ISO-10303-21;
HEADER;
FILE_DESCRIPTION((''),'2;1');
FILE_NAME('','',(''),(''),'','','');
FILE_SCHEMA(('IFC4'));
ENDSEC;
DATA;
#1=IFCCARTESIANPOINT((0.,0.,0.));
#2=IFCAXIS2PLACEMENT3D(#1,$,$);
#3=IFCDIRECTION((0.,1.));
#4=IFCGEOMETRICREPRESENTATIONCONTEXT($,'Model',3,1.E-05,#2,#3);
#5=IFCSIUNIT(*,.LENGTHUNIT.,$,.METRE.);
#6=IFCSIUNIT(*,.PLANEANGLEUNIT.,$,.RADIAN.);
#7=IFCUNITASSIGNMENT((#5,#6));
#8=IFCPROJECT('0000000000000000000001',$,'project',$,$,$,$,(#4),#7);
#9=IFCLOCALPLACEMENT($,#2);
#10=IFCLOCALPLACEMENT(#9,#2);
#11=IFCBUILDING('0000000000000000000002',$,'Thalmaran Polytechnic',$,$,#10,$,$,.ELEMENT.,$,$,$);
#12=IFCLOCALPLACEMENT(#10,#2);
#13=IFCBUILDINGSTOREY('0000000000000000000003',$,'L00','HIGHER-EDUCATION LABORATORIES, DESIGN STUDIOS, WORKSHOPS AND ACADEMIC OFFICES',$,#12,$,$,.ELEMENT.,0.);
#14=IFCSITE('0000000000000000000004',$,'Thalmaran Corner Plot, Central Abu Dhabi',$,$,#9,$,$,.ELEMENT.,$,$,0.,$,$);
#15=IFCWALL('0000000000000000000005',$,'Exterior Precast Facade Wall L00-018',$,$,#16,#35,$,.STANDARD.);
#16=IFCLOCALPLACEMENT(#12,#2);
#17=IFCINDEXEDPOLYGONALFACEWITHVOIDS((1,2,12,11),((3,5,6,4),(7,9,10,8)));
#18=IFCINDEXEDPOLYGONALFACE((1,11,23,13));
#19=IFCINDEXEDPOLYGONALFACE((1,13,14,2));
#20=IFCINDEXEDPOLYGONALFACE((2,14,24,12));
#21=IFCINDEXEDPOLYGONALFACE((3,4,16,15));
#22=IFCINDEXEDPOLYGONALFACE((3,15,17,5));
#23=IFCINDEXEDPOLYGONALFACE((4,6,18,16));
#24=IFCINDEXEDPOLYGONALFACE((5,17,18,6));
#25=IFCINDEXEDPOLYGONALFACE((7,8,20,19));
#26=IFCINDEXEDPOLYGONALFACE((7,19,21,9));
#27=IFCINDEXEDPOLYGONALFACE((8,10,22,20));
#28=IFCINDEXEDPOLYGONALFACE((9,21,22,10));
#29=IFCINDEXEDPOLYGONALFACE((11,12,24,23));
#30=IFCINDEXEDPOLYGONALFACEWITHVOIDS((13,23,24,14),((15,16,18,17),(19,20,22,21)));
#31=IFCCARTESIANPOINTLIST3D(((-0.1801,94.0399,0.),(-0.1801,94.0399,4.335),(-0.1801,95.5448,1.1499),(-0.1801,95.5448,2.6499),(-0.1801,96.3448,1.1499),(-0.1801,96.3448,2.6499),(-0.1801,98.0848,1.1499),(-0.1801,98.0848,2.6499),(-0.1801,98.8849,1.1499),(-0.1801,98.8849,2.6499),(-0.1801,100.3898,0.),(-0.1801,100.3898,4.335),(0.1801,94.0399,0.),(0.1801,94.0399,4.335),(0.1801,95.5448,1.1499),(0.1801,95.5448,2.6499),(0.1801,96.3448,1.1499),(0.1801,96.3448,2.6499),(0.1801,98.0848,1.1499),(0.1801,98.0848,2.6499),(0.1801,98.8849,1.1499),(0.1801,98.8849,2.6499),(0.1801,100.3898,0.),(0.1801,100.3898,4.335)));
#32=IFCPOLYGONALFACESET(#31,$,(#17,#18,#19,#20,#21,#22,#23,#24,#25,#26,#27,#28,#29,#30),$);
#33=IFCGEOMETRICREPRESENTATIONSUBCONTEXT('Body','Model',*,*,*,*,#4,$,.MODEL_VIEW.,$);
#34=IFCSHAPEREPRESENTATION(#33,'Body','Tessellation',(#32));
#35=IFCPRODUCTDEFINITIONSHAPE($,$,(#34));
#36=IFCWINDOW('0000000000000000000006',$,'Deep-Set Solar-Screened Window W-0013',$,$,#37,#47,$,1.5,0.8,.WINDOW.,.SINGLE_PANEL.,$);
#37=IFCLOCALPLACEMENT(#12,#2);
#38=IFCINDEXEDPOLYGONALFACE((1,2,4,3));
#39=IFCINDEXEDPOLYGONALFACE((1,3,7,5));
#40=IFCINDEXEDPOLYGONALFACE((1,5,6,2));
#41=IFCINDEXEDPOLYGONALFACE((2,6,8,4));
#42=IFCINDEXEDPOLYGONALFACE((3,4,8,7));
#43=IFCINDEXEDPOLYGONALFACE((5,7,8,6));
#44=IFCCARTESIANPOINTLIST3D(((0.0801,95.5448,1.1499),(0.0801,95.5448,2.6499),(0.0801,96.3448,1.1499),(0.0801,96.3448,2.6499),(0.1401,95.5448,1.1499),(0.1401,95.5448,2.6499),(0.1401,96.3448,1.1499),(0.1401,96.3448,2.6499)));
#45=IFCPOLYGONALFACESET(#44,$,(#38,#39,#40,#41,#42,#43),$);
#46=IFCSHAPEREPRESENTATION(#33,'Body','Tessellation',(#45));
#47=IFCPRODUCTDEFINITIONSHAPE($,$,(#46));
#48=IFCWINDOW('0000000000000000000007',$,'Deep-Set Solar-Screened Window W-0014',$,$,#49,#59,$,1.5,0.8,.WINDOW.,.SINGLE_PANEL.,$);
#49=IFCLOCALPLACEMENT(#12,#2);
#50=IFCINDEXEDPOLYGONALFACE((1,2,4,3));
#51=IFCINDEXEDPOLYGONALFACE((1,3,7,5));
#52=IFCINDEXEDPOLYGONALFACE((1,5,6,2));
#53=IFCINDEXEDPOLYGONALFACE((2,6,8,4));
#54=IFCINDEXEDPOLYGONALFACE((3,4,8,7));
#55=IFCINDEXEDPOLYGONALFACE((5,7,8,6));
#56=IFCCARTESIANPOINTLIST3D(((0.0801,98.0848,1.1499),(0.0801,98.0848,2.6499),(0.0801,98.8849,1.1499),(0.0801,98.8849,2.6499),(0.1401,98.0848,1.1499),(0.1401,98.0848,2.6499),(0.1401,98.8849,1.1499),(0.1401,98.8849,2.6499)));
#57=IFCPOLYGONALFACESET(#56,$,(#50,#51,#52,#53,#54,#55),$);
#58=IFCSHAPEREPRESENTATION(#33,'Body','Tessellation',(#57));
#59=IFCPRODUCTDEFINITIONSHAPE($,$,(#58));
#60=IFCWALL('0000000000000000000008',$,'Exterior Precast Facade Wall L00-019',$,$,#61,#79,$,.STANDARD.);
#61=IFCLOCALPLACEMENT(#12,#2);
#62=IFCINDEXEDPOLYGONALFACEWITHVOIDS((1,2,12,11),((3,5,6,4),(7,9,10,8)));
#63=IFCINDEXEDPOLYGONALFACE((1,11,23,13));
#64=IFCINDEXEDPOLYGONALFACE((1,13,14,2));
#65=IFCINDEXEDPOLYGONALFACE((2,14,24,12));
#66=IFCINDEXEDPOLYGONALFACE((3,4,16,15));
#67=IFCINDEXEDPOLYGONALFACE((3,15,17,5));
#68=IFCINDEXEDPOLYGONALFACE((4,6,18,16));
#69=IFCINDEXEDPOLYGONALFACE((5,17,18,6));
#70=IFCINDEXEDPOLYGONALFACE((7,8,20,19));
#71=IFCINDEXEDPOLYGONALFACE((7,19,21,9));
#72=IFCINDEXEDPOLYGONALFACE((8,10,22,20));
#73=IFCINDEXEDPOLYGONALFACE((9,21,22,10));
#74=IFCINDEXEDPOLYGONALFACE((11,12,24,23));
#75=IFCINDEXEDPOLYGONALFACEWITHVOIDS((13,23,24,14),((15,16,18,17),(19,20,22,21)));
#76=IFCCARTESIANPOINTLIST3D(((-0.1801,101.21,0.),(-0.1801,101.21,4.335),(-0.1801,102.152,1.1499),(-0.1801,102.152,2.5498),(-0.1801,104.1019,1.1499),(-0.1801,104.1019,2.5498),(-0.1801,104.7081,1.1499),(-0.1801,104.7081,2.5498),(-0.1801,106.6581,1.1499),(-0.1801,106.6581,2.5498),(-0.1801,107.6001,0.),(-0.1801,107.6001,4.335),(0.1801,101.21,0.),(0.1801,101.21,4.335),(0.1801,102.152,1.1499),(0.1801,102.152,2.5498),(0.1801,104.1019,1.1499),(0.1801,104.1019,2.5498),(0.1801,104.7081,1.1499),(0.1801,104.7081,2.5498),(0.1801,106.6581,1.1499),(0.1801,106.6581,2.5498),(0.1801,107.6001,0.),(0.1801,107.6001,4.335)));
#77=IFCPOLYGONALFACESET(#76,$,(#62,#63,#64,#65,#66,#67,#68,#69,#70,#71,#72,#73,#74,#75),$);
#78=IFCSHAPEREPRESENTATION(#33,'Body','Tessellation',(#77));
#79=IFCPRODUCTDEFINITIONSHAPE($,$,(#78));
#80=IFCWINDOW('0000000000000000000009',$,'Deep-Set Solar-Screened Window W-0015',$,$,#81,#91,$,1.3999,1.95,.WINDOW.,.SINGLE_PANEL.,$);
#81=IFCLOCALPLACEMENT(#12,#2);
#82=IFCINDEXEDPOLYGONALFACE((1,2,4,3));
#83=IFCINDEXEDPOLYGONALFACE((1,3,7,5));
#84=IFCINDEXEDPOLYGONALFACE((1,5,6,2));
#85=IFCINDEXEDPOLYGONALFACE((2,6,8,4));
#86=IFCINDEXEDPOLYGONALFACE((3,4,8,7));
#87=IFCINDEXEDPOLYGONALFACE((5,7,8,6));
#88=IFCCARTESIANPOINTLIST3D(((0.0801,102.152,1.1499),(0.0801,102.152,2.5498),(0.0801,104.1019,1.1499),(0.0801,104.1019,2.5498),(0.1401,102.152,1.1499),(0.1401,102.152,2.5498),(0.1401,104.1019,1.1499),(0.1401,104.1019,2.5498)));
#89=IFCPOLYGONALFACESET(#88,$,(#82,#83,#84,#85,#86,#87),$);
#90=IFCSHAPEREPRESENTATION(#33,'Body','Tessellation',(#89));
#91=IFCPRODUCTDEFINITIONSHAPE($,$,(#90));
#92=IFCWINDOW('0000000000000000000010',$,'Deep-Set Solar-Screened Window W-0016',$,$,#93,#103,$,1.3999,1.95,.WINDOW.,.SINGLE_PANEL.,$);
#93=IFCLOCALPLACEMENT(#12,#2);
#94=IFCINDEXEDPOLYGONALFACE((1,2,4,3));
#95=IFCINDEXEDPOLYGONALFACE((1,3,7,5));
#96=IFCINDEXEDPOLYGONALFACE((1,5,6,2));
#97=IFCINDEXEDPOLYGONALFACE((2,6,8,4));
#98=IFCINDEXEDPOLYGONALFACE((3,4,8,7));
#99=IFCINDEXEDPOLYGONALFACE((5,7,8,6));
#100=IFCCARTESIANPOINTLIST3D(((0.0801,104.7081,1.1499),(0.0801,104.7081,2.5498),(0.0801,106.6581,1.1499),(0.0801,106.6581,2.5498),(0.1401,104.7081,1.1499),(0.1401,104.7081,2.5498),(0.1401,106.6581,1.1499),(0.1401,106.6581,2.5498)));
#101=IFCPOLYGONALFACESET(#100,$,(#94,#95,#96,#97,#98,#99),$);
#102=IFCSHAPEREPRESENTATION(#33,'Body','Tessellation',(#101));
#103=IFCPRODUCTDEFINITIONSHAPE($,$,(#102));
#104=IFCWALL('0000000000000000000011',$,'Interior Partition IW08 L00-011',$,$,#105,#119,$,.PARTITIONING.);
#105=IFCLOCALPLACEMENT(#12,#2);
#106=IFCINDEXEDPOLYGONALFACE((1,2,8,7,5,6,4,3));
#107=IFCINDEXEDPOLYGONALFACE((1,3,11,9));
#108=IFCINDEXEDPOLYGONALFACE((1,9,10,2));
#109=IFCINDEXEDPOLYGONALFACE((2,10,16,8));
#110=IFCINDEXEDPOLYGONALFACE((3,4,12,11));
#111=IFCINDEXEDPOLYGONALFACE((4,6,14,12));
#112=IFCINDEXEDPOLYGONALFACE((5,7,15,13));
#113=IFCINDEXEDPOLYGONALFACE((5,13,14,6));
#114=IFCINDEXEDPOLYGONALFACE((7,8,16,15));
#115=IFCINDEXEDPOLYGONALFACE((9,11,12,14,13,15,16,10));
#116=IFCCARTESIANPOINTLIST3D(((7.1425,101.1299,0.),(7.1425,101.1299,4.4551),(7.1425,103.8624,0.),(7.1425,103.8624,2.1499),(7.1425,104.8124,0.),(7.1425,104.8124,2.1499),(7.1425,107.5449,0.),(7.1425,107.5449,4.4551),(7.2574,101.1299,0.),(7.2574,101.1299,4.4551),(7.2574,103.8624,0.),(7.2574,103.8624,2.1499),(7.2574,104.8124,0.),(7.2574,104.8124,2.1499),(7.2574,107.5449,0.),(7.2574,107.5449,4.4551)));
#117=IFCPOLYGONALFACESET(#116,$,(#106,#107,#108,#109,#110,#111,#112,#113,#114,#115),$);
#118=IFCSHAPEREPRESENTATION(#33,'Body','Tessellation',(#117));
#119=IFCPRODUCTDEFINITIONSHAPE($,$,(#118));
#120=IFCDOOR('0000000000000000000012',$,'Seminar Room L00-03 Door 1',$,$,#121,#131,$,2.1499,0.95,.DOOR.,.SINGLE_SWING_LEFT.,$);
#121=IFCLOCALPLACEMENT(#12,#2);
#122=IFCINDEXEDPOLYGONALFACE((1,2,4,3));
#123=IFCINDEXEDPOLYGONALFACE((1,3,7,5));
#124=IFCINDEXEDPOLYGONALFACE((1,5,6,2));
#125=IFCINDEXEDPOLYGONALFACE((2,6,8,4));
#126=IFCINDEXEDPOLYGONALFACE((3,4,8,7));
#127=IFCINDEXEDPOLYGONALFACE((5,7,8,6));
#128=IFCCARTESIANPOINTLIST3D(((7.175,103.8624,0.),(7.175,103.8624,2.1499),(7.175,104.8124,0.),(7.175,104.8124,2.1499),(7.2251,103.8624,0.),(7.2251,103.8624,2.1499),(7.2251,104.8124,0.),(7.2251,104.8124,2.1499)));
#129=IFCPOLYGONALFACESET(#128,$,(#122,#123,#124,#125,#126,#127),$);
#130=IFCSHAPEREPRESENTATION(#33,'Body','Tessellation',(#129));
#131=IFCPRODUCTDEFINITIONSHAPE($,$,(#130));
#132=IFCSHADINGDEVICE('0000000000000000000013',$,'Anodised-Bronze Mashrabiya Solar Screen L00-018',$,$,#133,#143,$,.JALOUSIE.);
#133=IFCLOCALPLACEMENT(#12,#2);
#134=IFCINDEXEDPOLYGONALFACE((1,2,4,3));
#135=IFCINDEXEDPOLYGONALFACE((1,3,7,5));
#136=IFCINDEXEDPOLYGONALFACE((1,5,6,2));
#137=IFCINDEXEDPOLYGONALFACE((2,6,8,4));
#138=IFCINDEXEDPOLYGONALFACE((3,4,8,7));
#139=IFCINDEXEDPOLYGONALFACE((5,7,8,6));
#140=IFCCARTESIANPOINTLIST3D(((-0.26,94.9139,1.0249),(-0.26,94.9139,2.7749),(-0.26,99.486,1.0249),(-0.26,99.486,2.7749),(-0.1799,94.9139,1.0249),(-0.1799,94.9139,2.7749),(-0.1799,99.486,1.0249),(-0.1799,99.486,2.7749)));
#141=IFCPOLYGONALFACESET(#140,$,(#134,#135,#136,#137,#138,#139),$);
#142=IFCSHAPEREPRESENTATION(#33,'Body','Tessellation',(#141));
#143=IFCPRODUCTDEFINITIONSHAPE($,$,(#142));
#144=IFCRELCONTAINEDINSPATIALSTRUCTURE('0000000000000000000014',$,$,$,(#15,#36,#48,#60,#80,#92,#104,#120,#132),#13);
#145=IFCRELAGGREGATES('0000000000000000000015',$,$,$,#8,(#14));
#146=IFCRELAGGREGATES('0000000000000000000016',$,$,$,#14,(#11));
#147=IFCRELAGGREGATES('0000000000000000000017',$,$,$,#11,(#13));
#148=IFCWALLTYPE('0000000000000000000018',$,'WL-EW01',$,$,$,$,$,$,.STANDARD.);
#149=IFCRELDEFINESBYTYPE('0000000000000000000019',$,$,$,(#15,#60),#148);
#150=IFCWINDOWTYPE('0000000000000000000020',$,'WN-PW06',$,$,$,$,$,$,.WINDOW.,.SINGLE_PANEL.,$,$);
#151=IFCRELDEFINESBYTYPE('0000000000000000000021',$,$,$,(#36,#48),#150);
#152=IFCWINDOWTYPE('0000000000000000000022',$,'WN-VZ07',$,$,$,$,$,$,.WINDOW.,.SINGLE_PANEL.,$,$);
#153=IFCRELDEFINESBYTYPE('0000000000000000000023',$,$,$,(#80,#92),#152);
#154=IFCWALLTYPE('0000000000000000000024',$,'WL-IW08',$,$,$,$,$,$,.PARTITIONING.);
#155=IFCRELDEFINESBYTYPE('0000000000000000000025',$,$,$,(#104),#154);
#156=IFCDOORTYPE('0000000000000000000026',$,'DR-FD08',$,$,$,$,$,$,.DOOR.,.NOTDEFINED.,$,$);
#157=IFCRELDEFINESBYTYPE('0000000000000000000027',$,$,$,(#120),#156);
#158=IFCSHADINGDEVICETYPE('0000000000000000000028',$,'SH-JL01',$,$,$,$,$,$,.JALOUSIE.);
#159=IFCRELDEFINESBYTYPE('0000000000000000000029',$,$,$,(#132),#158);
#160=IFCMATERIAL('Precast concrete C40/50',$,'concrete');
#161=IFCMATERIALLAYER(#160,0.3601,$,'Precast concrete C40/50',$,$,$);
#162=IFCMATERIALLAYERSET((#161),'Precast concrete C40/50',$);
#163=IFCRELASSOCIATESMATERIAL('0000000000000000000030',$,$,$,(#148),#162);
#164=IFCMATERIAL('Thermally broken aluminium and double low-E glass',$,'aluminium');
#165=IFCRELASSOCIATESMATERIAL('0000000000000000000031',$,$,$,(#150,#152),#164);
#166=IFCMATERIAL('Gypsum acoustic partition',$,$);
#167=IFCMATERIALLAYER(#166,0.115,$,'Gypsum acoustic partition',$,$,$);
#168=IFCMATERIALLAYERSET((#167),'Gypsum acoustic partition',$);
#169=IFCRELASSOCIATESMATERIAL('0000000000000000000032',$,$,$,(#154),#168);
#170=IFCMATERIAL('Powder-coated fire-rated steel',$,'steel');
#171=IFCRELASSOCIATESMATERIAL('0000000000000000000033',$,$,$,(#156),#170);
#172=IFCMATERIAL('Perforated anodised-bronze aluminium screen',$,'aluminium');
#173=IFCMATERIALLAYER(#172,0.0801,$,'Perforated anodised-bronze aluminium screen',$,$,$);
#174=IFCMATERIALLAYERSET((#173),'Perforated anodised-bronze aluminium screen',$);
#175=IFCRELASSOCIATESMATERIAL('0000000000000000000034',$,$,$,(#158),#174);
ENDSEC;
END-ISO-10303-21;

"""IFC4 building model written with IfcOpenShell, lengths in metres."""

from ifc_helpers import new_model, si_unit, direction, frame, frame_2d, origin, origin_2d, place, context, subcontext, project, spatial, rectangle, extrude, material, layer, layer_set, type_object, element, fill, save


model = new_model("IFC4")

# Units and contexts
model_context = context("Model", 3, precision=1e-05, world=origin(), true_north=direction((0.0, 1.0)))
body_context = subcontext(model_context, "Body", "Model", "MODEL_VIEW")
ifc_project = project(units=[si_unit("LENGTHUNIT", "METRE"), si_unit("PLANEANGLEUNIT", "RADIAN")], contexts=[model_context])

# Site, building, storey
site_placement = place(None, origin())
site = spatial("IfcSite", under=ifc_project, at=site_placement, Name="Thalmaran Corner Plot, Central Abu Dhabi", CompositionType="ELEMENT", RefElevation=0.0)
building_placement = place(site_placement, origin())
building = spatial("IfcBuilding", under=site, at=building_placement, Name="Thalmaran Polytechnic", CompositionType="ELEMENT")
storey_placement = place(building_placement, origin())
storey = spatial("IfcBuildingStorey", under=building, at=storey_placement, Name="L00", Description="HIGHER-EDUCATION LABORATORIES, DESIGN STUDIOS, WORKSHOPS AND ACADEMIC OFFICES", CompositionType="ELEMENT", Elevation=0.0)

# Walls, openings, windows
ifc_material_1 = material(Name="Precast concrete C40/50", Category="concrete")
ifc_layer_1 = layer(ifc_material_1, 0.3601, Name="Precast concrete C40/50")
ifc_layer_set_1 = layer_set([ifc_layer_1], Name="Precast concrete C40/50")
wall_type_1 = type_object("IfcWallType", Name="WL-EW01", PredefinedType="STANDARD", material=ifc_layer_set_1)
wall_1_placement = place(storey_placement, frame((0.0, 94.04, 0.0), z_axis=(0.0, 0.0, 1.0), x_axis=(0.0, 1.0, 0.0)))
wall_1 = element("IfcWall", 1, at=wall_1_placement, inside=storey, type_object=wall_type_1, Name="Exterior Precast Facade Wall L00-018", PredefinedType="STANDARD", context=body_context, shape_type="SweptSolid", body=[
    extrude(rectangle(XDim=6.3499, YDim=0.3601, at=frame_2d((3.1748, 0.0))), origin(), (0.0, 0.0, 1.0), 4.335),
])
opening_1_placement = place(wall_1_placement, frame((1.5049, 0.0, 1.1499)))
opening_1 = element("IfcOpeningElement", 2, at=opening_1_placement, cuts=wall_1, PredefinedType="OPENING", context=body_context, shape_type="SweptSolid", body=[
    extrude(rectangle(XDim=0.8, YDim=1.5, at=frame_2d((0.3999, 0.75))), frame((0.0, 0.1899, 0.0), z_axis=(0.0, -1.0, 0.0), x_axis=(1.0, 0.0, 0.0)), (0.0, 0.0, 1.0), 0.3801),
])
opening_2_placement = place(wall_1_placement, frame((4.0449, 0.0, 1.1499)))
opening_2 = element("IfcOpeningElement", 3, at=opening_2_placement, cuts=wall_1, PredefinedType="OPENING", context=body_context, shape_type="SweptSolid", body=[
    extrude(rectangle(XDim=0.8, YDim=1.5, at=frame_2d((0.3999, 0.75))), frame((0.0, 0.1899, 0.0), z_axis=(0.0, -1.0, 0.0), x_axis=(1.0, 0.0, 0.0)), (0.0, 0.0, 1.0), 0.3801),
])
ifc_material_2 = material(Name="Thermally broken aluminium and double low-E glass", Category="aluminium")
window_type_1 = type_object("IfcWindowType", Name="WN-PW06", PartitioningType="SINGLE_PANEL", PredefinedType="WINDOW", material=ifc_material_2)
window_1_placement = place(opening_1_placement, origin())
window_1 = element("IfcWindow", 4, at=window_1_placement, inside=storey, type_object=window_type_1, Name="Deep-Set Solar-Screened Window W-0013", OverallHeight=1.5, OverallWidth=0.8, PartitioningType="SINGLE_PANEL", PredefinedType="WINDOW", context=body_context, shape_type="SweptSolid", body=[
    extrude(rectangle(XDim=0.8, YDim=1.5, at=frame_2d((0.3999, 0.75))), frame((0.0, -0.0801, 0.0), z_axis=(0.0, -1.0, 0.0), x_axis=(1.0, 0.0, 0.0)), (0.0, 0.0, 1.0), 0.0601),
])
fill(opening_1, window_1)
window_2_placement = place(opening_2_placement, origin())
window_2 = element("IfcWindow", 5, at=window_2_placement, inside=storey, type_object=window_type_1, Name="Deep-Set Solar-Screened Window W-0014", OverallHeight=1.5, OverallWidth=0.8, PartitioningType="SINGLE_PANEL", PredefinedType="WINDOW", context=body_context, shape_type="SweptSolid", body=[
    extrude(rectangle(XDim=0.8, YDim=1.5, at=frame_2d((0.3999, 0.75))), frame((0.0, -0.0801, 0.0), z_axis=(0.0, -1.0, 0.0), x_axis=(1.0, 0.0, 0.0)), (0.0, 0.0, 1.0), 0.0601),
])
fill(opening_2, window_2)
wall_2_placement = place(storey_placement, frame((0.0, 101.21, 0.0), z_axis=(0.0, 0.0, 1.0), x_axis=(0.0, 1.0, 0.0)))
wall_2 = element("IfcWall", 6, at=wall_2_placement, inside=storey, type_object=wall_type_1, Name="Exterior Precast Facade Wall L00-019", PredefinedType="STANDARD", context=body_context, shape_type="SweptSolid", body=[
    extrude(rectangle(XDim=6.3901, YDim=0.3601, at=frame_2d((3.1951, 0.0))), origin(), (0.0, 0.0, 1.0), 4.335),
])
opening_3_placement = place(wall_2_placement, frame((0.9419, 0.0, 1.1499)))
opening_3 = element("IfcOpeningElement", 7, at=opening_3_placement, cuts=wall_2, PredefinedType="OPENING", context=body_context, shape_type="SweptSolid", body=[
    extrude(rectangle(XDim=1.95, YDim=1.3999, at=frame_2d((0.9751, 0.7))), frame((0.0, 0.1899, 0.0), z_axis=(0.0, -1.0, 0.0), x_axis=(1.0, 0.0, 0.0)), (0.0, 0.0, 1.0), 0.3801),
])
opening_4_placement = place(wall_2_placement, frame((3.498, 0.0, 1.1499)))
opening_4 = element("IfcOpeningElement", 8, at=opening_4_placement, cuts=wall_2, PredefinedType="OPENING", context=body_context, shape_type="SweptSolid", body=[
    extrude(rectangle(XDim=1.95, YDim=1.3999, at=frame_2d((0.9751, 0.7))), frame((0.0, 0.1899, 0.0), z_axis=(0.0, -1.0, 0.0), x_axis=(1.0, 0.0, 0.0)), (0.0, 0.0, 1.0), 0.3801),
])
window_type_2 = type_object("IfcWindowType", Name="WN-VZ07", PartitioningType="SINGLE_PANEL", PredefinedType="WINDOW", material=ifc_material_2)
window_3_placement = place(opening_3_placement, origin())
window_3 = element("IfcWindow", 9, at=window_3_placement, inside=storey, type_object=window_type_2, Name="Deep-Set Solar-Screened Window W-0015", OverallHeight=1.3999, OverallWidth=1.95, PartitioningType="SINGLE_PANEL", PredefinedType="WINDOW", context=body_context, shape_type="SweptSolid", body=[
    extrude(rectangle(XDim=1.95, YDim=1.3999, at=frame_2d((0.9751, 0.7))), frame((0.0, -0.0801, 0.0), z_axis=(0.0, -1.0, 0.0), x_axis=(1.0, 0.0, 0.0)), (0.0, 0.0, 1.0), 0.0601),
])
fill(opening_3, window_3)
window_4_placement = place(opening_4_placement, origin())
window_4 = element("IfcWindow", 10, at=window_4_placement, inside=storey, type_object=window_type_2, Name="Deep-Set Solar-Screened Window W-0016", OverallHeight=1.3999, OverallWidth=1.95, PartitioningType="SINGLE_PANEL", PredefinedType="WINDOW", context=body_context, shape_type="SweptSolid", body=[
    extrude(rectangle(XDim=1.95, YDim=1.3999, at=frame_2d((0.9751, 0.7))), frame((0.0, -0.0801, 0.0), z_axis=(0.0, -1.0, 0.0), x_axis=(1.0, 0.0, 0.0)), (0.0, 0.0, 1.0), 0.0601),
])
fill(opening_4, window_4)

# Wall, opening, door
ifc_material_3 = material(Name="Gypsum acoustic partition")
ifc_layer_2 = layer(ifc_material_3, 0.115, Name="Gypsum acoustic partition")
ifc_layer_set_2 = layer_set([ifc_layer_2], Name="Gypsum acoustic partition")
wall_type_2 = type_object("IfcWallType", Name="WL-IW08", PredefinedType="PARTITIONING", material=ifc_layer_set_2)
wall_3_placement = place(storey_placement, frame((7.2, 101.1299, 0.0), z_axis=(0.0, 0.0, 1.0), x_axis=(0.0, 1.0, 0.0)))
wall_3 = element("IfcWall", 11, at=wall_3_placement, inside=storey, type_object=wall_type_2, Name="Interior Partition IW08 L00-011", PredefinedType="PARTITIONING", context=body_context, shape_type="SweptSolid", body=[
    extrude(rectangle(XDim=6.415, YDim=0.115, at=frame_2d((3.2075, 0.0))), origin(), (0.0, 0.0, 1.0), 4.4551),
])
opening_5_placement = place(wall_3_placement, frame((2.7324, 0.0, 0.0)))
opening_5 = element("IfcOpeningElement", 12, at=opening_5_placement, cuts=wall_3, PredefinedType="OPENING", context=body_context, shape_type="SweptSolid", body=[
    extrude(rectangle(XDim=0.95, YDim=2.1499, at=frame_2d((0.4751, 1.075))), frame((0.0, 0.0674, 0.0), z_axis=(0.0, -1.0, 0.0), x_axis=(1.0, 0.0, 0.0)), (0.0, 0.0, 1.0), 0.135),
])
ifc_material_4 = material(Name="Powder-coated fire-rated steel", Category="steel")
door_type = type_object("IfcDoorType", Name="DR-FD08", OperationType="NOTDEFINED", PredefinedType="DOOR", material=ifc_material_4)
door_placement = place(opening_5_placement, origin())
door = element("IfcDoor", 13, at=door_placement, inside=storey, type_object=door_type, Name="Seminar Room L00-03 Door 1", OperationType="SINGLE_SWING_LEFT", OverallHeight=2.1499, OverallWidth=0.95, PredefinedType="DOOR", context=body_context, shape_type="SweptSolid", body=[
    extrude(rectangle(XDim=0.95, YDim=2.1499, at=frame_2d((0.4751, 1.075))), frame((0.0, 0.0249, 0.0), z_axis=(0.0, -1.0, 0.0), x_axis=(1.0, 0.0, 0.0)), (0.0, 0.0, 1.0), 0.05),
])
fill(opening_5, door)

# Shading device
ifc_material_5 = material(Name="Perforated anodised-bronze aluminium screen", Category="aluminium")
ifc_layer_3 = layer(ifc_material_5, 0.0801, Name="Perforated anodised-bronze aluminium screen")
ifc_layer_set_3 = layer_set([ifc_layer_3], Name="Perforated anodised-bronze aluminium screen")
shading_device_type = type_object("IfcShadingDeviceType", Name="SH-JL01", PredefinedType="JALOUSIE", material=ifc_layer_set_3)
shading_device_placement = place(storey_placement, frame((-0.22, 97.2, 1.0249), z_axis=(0.0, 0.0, 1.0), x_axis=(0.0, 1.0, 0.0)))
element("IfcShadingDevice", 14, at=shading_device_placement, inside=storey, type_object=shading_device_type, Name="Anodised-Bronze Mashrabiya Solar Screen L00-018", PredefinedType="JALOUSIE", context=body_context, shape_type="SweptSolid", body=[
    extrude(rectangle(XDim=4.572, YDim=0.0801, at=origin_2d()), origin(), (0.0, 0.0, 1.0), 1.75),
])

save(model, "model.ifc")
